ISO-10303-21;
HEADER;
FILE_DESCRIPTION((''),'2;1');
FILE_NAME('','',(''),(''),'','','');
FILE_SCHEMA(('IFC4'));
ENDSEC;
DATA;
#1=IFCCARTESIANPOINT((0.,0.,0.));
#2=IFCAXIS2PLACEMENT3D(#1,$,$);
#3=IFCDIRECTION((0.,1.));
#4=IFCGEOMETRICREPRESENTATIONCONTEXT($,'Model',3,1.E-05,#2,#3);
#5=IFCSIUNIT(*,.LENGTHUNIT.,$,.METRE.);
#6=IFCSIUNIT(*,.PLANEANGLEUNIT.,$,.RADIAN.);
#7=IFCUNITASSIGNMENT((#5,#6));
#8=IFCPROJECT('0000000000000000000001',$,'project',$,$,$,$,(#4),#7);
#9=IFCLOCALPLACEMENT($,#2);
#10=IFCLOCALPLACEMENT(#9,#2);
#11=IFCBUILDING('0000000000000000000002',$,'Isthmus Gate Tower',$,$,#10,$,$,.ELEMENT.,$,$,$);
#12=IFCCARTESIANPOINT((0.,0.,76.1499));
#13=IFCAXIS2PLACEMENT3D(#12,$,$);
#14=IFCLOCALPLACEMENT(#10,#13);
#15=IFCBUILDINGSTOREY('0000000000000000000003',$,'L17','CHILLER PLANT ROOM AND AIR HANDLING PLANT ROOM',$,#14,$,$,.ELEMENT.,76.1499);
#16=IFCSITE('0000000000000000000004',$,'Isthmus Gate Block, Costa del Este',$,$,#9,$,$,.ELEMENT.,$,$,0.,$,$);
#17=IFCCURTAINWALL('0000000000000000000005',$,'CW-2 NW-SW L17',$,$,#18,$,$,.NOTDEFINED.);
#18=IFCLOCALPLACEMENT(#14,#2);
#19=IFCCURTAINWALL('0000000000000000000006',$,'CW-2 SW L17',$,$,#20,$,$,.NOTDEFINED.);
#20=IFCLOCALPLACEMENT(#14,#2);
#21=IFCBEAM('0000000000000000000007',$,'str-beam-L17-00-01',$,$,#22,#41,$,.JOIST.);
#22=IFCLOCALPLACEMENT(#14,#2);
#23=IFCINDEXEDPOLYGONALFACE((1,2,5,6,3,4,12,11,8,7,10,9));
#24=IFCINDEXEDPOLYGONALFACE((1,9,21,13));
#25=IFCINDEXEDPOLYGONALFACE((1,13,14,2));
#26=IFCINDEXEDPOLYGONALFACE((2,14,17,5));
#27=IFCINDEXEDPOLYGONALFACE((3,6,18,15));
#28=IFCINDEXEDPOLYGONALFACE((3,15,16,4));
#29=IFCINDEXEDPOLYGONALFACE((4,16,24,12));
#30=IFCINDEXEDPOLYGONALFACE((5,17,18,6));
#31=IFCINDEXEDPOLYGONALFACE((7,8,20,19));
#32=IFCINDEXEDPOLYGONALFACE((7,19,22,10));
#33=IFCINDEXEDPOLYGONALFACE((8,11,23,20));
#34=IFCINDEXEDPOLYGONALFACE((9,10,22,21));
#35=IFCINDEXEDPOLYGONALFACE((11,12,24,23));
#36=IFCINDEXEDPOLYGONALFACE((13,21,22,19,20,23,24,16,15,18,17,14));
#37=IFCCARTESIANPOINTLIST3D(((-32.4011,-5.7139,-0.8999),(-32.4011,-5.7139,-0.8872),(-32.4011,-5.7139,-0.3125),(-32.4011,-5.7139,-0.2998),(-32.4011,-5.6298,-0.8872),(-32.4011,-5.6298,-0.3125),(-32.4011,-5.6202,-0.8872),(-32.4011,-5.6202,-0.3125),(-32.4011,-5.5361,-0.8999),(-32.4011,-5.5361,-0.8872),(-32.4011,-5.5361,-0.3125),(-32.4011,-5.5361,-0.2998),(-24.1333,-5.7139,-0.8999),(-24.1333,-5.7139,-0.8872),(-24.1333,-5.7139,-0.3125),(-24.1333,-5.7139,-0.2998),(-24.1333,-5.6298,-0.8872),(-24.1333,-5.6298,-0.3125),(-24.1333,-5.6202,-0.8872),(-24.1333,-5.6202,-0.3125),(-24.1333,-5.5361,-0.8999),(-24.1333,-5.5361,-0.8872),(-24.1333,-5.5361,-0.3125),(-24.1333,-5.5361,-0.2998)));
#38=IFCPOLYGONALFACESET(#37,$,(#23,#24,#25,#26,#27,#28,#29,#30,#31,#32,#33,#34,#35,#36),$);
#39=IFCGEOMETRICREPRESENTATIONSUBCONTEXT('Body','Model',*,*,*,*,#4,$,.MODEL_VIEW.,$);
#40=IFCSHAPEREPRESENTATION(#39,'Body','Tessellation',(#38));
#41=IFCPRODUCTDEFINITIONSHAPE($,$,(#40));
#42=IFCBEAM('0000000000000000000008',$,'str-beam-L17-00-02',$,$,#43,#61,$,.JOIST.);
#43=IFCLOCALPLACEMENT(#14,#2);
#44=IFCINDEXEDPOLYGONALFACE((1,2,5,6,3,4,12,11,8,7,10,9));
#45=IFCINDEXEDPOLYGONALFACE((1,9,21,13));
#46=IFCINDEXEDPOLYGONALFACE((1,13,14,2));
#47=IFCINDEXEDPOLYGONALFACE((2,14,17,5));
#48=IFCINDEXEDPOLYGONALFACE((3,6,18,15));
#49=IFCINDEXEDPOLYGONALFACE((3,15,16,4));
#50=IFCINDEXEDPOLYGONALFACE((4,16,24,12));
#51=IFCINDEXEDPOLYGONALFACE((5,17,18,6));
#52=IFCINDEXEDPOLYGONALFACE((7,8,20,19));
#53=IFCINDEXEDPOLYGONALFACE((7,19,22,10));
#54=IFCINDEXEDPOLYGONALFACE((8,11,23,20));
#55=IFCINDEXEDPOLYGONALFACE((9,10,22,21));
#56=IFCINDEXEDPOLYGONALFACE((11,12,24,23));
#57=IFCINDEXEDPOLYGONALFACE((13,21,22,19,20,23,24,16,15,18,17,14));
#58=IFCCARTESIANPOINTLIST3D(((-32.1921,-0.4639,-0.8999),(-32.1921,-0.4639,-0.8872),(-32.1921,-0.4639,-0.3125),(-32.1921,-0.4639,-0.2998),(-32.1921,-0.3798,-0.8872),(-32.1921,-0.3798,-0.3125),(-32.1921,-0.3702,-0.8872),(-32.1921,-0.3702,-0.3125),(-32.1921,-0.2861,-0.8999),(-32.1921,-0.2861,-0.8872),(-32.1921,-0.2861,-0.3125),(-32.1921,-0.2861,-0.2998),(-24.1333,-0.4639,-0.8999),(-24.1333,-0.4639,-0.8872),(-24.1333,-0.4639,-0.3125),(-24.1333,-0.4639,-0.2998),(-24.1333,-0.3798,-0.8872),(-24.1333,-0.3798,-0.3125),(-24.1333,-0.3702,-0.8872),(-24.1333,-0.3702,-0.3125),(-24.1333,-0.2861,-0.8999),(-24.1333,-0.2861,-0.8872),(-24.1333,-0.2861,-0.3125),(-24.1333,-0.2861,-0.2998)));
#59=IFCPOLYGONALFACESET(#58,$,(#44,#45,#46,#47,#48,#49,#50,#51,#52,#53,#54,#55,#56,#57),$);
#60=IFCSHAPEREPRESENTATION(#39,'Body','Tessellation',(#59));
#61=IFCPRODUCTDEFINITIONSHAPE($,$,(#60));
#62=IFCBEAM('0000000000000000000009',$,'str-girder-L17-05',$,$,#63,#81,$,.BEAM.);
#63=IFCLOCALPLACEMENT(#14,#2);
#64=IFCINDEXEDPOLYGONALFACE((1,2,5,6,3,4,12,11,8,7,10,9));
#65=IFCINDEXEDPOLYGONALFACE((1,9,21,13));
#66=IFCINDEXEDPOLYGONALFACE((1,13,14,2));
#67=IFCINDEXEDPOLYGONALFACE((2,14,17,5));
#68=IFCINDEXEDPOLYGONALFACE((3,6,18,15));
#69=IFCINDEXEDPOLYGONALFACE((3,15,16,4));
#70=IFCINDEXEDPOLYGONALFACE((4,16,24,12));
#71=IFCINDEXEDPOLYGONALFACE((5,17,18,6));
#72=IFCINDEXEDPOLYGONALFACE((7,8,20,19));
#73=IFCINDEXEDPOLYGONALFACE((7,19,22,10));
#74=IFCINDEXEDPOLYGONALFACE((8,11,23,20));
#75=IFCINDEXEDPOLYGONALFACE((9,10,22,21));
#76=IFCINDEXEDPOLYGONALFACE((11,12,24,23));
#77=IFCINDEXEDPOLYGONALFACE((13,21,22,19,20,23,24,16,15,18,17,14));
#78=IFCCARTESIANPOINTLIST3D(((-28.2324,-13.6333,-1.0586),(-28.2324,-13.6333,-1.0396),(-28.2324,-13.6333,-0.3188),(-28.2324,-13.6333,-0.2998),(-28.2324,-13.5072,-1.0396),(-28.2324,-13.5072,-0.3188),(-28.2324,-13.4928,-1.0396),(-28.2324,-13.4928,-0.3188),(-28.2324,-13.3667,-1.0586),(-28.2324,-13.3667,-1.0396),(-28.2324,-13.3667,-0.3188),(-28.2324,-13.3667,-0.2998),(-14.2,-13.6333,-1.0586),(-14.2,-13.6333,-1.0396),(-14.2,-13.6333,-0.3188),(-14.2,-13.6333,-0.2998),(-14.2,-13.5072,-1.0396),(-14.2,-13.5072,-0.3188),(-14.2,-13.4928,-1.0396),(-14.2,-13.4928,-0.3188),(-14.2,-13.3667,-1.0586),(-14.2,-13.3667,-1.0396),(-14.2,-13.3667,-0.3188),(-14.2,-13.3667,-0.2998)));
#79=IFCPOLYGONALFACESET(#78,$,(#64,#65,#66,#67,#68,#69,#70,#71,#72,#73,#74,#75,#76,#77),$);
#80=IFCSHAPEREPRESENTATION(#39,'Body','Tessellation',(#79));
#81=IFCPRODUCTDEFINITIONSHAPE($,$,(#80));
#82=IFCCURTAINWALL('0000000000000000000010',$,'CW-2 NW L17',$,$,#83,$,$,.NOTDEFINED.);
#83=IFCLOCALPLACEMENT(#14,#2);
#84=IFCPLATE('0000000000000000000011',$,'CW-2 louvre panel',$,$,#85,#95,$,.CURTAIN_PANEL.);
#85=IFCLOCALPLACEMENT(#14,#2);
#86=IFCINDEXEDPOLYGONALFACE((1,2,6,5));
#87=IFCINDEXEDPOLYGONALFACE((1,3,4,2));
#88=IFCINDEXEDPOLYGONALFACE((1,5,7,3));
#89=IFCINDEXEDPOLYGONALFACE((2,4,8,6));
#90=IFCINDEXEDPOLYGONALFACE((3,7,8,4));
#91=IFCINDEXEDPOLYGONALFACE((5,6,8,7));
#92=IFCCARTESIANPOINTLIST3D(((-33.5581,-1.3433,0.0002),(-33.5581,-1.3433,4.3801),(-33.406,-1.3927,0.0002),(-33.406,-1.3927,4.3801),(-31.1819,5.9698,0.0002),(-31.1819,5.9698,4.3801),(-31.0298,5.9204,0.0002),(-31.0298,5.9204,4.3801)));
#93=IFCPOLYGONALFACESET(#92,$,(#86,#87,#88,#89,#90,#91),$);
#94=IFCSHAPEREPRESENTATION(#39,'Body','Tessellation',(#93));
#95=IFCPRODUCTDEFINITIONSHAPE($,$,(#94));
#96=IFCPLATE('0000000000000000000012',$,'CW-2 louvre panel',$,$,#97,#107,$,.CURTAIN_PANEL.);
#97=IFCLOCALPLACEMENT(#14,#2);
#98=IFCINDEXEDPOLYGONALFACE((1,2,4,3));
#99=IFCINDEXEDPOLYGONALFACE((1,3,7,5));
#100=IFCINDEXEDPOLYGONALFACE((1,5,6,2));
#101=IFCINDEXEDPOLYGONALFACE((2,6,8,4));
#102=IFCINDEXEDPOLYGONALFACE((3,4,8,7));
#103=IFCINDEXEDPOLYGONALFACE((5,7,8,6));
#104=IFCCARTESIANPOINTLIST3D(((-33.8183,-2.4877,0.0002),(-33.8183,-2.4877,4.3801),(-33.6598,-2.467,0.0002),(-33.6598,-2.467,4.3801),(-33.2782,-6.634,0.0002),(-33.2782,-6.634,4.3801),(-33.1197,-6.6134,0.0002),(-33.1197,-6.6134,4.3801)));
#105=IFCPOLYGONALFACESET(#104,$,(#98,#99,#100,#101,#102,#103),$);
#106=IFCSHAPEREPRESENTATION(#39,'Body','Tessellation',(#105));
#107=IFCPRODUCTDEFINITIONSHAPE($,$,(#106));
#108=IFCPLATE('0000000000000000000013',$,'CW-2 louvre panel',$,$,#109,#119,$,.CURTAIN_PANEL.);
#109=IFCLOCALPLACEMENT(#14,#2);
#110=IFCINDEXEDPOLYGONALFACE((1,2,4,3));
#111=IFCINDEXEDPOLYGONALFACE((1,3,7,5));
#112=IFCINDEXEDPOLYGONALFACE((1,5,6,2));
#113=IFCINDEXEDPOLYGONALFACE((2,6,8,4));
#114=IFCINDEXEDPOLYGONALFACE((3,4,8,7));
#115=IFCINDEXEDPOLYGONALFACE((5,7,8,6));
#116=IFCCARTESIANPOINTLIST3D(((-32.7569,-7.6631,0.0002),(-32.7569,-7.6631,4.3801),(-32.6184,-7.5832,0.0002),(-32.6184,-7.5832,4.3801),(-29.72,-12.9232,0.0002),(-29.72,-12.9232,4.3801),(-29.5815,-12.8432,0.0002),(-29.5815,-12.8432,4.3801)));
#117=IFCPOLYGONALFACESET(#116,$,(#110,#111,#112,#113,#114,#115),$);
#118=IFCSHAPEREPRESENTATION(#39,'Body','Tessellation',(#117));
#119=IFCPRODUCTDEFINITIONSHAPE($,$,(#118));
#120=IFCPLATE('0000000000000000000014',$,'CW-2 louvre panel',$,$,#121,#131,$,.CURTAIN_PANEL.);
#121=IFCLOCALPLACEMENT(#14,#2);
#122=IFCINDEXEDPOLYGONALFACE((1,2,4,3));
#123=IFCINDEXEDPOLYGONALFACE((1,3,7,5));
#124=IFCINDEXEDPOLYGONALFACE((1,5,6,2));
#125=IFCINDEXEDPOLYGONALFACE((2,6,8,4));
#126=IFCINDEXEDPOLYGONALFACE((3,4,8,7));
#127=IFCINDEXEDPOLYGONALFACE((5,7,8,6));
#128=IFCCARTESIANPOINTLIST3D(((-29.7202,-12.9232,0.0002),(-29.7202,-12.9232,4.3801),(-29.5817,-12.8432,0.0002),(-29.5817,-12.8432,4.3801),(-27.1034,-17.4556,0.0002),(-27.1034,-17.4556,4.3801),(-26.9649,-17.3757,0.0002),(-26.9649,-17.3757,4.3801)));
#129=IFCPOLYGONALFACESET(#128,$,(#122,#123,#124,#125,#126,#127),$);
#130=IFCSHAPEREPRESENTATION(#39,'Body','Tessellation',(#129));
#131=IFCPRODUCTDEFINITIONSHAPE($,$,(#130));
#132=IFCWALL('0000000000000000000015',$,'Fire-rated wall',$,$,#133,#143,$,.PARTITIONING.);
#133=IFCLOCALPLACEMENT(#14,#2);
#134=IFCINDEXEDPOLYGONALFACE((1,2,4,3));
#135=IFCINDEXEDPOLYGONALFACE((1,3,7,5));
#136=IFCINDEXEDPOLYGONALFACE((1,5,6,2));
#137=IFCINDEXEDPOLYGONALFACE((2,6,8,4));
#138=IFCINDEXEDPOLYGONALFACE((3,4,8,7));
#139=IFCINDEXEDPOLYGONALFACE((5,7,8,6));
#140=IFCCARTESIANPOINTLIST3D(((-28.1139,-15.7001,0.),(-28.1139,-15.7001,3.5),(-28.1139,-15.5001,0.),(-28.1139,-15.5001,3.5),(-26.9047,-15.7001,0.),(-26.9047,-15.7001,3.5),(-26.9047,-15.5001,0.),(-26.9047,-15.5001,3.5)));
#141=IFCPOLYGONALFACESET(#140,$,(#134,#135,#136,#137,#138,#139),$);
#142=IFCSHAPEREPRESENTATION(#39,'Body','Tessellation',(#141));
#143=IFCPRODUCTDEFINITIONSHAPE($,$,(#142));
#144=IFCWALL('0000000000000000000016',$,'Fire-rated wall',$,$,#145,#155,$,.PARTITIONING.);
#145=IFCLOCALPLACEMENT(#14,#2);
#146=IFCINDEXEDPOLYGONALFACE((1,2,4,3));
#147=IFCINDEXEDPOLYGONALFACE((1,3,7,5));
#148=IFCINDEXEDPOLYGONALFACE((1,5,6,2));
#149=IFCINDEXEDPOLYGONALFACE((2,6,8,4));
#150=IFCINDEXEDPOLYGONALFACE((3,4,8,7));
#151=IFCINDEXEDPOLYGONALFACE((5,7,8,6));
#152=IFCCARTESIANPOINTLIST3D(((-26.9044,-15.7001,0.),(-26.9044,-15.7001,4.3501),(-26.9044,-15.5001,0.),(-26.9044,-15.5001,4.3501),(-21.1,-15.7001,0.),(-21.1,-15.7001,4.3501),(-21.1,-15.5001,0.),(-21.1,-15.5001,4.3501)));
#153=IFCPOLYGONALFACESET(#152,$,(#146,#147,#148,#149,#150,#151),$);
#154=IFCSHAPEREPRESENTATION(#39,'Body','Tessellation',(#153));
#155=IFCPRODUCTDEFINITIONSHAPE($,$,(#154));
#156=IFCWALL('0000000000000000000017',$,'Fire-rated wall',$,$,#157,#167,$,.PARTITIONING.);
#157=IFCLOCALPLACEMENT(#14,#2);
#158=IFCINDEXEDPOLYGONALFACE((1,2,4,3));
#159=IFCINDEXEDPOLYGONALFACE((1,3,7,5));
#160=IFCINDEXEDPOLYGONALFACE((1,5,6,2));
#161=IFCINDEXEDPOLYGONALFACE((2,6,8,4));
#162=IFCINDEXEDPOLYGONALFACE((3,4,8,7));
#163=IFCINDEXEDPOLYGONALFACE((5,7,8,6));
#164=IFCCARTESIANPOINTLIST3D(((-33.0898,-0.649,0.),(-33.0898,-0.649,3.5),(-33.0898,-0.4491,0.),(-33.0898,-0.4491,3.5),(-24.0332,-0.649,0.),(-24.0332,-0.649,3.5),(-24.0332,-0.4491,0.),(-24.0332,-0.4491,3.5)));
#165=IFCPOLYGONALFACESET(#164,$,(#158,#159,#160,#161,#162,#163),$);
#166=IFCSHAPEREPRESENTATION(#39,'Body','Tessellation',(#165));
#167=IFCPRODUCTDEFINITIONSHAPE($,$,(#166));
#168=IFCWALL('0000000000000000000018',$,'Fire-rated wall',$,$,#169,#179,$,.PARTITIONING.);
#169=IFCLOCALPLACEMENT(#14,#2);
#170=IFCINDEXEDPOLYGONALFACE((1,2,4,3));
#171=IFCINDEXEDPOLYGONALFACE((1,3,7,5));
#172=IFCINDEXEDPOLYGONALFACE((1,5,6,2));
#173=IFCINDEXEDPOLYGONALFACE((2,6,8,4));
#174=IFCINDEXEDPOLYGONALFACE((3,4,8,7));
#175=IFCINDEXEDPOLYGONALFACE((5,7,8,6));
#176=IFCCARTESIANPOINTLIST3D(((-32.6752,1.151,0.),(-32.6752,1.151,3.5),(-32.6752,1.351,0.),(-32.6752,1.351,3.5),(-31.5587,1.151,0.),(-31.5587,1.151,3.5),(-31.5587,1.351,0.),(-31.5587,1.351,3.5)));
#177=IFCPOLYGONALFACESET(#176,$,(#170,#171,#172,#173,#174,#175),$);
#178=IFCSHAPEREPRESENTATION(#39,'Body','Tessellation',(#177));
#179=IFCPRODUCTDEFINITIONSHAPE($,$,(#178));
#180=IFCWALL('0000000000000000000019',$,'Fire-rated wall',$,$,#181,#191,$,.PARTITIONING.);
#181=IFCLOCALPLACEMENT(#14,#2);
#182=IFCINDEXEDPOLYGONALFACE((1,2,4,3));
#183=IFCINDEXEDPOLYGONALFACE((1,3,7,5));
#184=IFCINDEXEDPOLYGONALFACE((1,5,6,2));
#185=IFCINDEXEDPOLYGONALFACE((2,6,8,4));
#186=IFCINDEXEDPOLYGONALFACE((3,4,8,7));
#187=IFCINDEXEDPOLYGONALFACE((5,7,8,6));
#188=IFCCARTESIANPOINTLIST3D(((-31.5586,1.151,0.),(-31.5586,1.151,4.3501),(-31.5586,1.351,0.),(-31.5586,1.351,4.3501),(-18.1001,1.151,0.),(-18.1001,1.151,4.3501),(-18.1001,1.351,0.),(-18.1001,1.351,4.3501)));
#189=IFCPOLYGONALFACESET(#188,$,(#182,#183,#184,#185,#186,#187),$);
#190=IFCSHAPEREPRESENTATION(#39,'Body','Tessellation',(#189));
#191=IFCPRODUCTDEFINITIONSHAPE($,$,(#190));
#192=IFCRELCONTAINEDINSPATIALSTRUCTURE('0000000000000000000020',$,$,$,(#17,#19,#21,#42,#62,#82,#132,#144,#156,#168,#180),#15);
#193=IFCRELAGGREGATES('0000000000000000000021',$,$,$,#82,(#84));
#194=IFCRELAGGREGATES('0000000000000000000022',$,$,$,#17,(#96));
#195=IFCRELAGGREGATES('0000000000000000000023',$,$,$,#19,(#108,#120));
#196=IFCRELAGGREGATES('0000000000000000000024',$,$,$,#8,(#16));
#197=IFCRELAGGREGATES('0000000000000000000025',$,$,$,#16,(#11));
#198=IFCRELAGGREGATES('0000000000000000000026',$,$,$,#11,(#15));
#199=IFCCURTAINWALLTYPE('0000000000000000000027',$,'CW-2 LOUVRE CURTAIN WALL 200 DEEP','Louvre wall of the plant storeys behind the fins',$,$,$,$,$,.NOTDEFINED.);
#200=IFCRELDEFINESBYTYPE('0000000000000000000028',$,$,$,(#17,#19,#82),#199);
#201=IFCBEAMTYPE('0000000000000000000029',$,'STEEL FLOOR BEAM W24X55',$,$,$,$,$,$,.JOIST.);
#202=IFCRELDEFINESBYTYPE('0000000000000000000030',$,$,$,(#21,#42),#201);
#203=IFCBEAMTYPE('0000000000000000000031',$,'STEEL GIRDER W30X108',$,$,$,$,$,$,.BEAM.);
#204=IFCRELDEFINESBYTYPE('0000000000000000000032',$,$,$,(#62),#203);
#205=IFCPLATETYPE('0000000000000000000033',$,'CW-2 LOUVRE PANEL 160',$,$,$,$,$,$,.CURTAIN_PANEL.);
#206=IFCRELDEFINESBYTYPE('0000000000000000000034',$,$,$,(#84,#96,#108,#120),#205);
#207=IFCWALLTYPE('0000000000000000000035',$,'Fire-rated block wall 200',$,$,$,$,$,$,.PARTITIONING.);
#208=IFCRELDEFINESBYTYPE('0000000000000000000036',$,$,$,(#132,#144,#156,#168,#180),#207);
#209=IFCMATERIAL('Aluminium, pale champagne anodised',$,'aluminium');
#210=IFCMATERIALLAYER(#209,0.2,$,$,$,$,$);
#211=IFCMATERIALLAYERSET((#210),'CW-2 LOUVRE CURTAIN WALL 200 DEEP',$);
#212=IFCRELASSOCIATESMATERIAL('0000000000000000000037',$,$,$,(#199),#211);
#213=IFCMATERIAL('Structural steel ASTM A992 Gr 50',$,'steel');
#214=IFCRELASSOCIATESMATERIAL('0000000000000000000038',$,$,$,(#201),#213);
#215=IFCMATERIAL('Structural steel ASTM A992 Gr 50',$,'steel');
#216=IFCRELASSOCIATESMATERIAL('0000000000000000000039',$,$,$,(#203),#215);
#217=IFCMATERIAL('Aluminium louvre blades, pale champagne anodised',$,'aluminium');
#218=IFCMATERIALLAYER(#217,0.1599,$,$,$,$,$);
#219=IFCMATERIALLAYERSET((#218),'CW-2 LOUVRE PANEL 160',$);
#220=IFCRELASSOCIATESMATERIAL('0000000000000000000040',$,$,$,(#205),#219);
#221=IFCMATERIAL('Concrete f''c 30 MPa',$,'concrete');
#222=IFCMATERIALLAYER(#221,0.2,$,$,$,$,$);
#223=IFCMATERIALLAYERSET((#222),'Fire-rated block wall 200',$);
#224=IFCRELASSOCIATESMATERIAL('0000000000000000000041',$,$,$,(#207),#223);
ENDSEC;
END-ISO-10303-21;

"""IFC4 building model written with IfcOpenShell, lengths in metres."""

from ifc_helpers import new_model, si_unit, direction, frame, frame_2d, origin, origin_2d, place, context, subcontext, project, spatial, rectangle, i_section, extrude, material, layer, layer_set, material_profile, profile_set, type_object, element, aggregate, save


model = new_model("IFC4")

# Units and contexts
model_context = context("Model", 3, precision=1e-05, world=origin(), true_north=direction((0.0, 1.0)))
body_context = subcontext(model_context, "Body", "Model", "MODEL_VIEW")
ifc_project = project(units=[si_unit("LENGTHUNIT", "METRE"), si_unit("PLANEANGLEUNIT", "RADIAN")], contexts=[model_context])

# Site, building, storey
site_placement = place(None, origin())
site = spatial("IfcSite", under=ifc_project, at=site_placement, Name="Isthmus Gate Block, Costa del Este", CompositionType="ELEMENT", RefElevation=0.0)
building_placement = place(site_placement, origin())
building = spatial("IfcBuilding", under=site, at=building_placement, Name="Isthmus Gate Tower", CompositionType="ELEMENT")
storey_placement = place(building_placement, frame((0.0, 0.0, 76.1499)))
storey = spatial("IfcBuildingStorey", under=building, at=storey_placement, Name="L17", Description="CHILLER PLANT ROOM AND AIR HANDLING PLANT ROOM", CompositionType="ELEMENT", Elevation=76.1499)

# Curtain wall
ifc_material_1 = material(Name="Aluminium, pale champagne anodised", Category="aluminium")
ifc_layer_1 = layer(ifc_material_1, 0.2)
ifc_layer_set_1 = layer_set([ifc_layer_1], Name="CW-2 LOUVRE CURTAIN WALL 200 DEEP")
curtain_wall_type = type_object("IfcCurtainWallType", Name="CW-2 LOUVRE CURTAIN WALL 200 DEEP", Description="Louvre wall of the plant storeys behind the fins", PredefinedType="NOTDEFINED", material=ifc_layer_set_1)
curtain_wall_1_placement = place(storey_placement, origin())
curtain_wall_1 = element("IfcCurtainWall", 1, at=curtain_wall_1_placement, inside=storey, type_object=curtain_wall_type, Name="CW-2 NW-SW L17", PredefinedType="NOTDEFINED")

# Curtain wall
curtain_wall_2_placement = place(storey_placement, origin())
curtain_wall_2 = element("IfcCurtainWall", 2, at=curtain_wall_2_placement, inside=storey, type_object=curtain_wall_type, Name="CW-2 SW L17", PredefinedType="NOTDEFINED")

# Beams
ifc_material_2 = material(Name="Structural steel ASTM A992 Gr 50", Category="steel")
ifc_material_profile_1 = material_profile(ifc_material_2, i_section(OverallWidth=0.1777, OverallDepth=0.6001, WebThickness=0.0095, FlangeThickness=0.0127, at=origin_2d()), Name="W24X55")
ifc_profile_set_1 = profile_set([ifc_material_profile_1], Name="Structural steel ASTM A992 Gr 50")
beam_type_1 = type_object("IfcBeamType", Name="STEEL FLOOR BEAM W24X55", PredefinedType="JOIST", material=ifc_profile_set_1)
beam_1_placement = place(storey_placement, frame((-32.4011, -5.625, -0.5999), z_axis=(1.0, 0.0, 0.0), x_axis=(0.0, 1.0, 0.0)))
element("IfcBeam", 3, at=beam_1_placement, inside=storey, type_object=beam_type_1, Name="str-beam-L17-00-01", PredefinedType="JOIST", context=body_context, shape_type="SweptSolid", body=[
    extrude(i_section(OverallWidth=0.1777, OverallDepth=0.6001, WebThickness=0.0095, FlangeThickness=0.0127, at=origin_2d()), origin(), (0.0, 0.0, 1.0), 8.2678),
])
beam_2_placement = place(storey_placement, frame((-32.1921, -0.375, -0.5999), z_axis=(1.0, 0.0, 0.0), x_axis=(0.0, 1.0, 0.0)))
element("IfcBeam", 4, at=beam_2_placement, inside=storey, type_object=beam_type_1, Name="str-beam-L17-00-02", PredefinedType="JOIST", context=body_context, shape_type="SweptSolid", body=[
    extrude(i_section(OverallWidth=0.1777, OverallDepth=0.6001, WebThickness=0.0095, FlangeThickness=0.0127, at=origin_2d()), origin(), (0.0, 0.0, 1.0), 8.0588),
])
ifc_material_3 = material(Name="Structural steel ASTM A992 Gr 50", Category="steel")
ifc_material_profile_2 = material_profile(ifc_material_3, i_section(OverallWidth=0.2666, OverallDepth=0.7588, WebThickness=0.0144, FlangeThickness=0.019, at=origin_2d()), Name="W30X108")
ifc_profile_set_2 = profile_set([ifc_material_profile_2], Name="Structural steel ASTM A992 Gr 50")
beam_type_2 = type_object("IfcBeamType", Name="STEEL GIRDER W30X108", PredefinedType="BEAM", material=ifc_profile_set_2)
beam_3_placement = place(storey_placement, frame((-28.2324, -13.5, -0.6792), z_axis=(1.0, 0.0, 0.0), x_axis=(0.0, 1.0, 0.0)))
element("IfcBeam", 5, at=beam_3_placement, inside=storey, type_object=beam_type_2, Name="str-girder-L17-05", PredefinedType="BEAM", context=body_context, shape_type="SweptSolid", body=[
    extrude(i_section(OverallWidth=0.2666, OverallDepth=0.7588, WebThickness=0.0144, FlangeThickness=0.019, at=origin_2d()), origin(), (0.0, 0.0, 1.0), 14.0325),
])

# Curtain wall, plate
curtain_wall_3_placement = place(storey_placement, origin())
curtain_wall_3 = element("IfcCurtainWall", 6, at=curtain_wall_3_placement, inside=storey, type_object=curtain_wall_type, Name="CW-2 NW L17", PredefinedType="NOTDEFINED")
ifc_material_4 = material(Name="Aluminium louvre blades, pale champagne anodised", Category="aluminium")
ifc_layer_2 = layer(ifc_material_4, 0.1599)
ifc_layer_set_2 = layer_set([ifc_layer_2], Name="CW-2 LOUVRE PANEL 160")
plate_type = type_object("IfcPlateType", Name="CW-2 LOUVRE PANEL 160", PredefinedType="CURTAIN_PANEL", material=ifc_layer_set_2)
plate_1_placement = place(storey_placement, frame((-32.2939, 2.2886, 0.0002), z_axis=(0.0, 0.0, 1.0), x_axis=(-0.309017, -0.951057, 0.0)))
plate_1 = element("IfcPlate", 7, at=plate_1_placement, type_object=plate_type, Name="CW-2 louvre panel", PredefinedType="CURTAIN_PANEL", context=body_context, shape_type="SweptSolid", body=[
    extrude(rectangle(XDim=7.6895, YDim=0.1599, at=origin_2d()), origin(), (0.0, 0.0, 1.0), 4.3799),
])
aggregate(curtain_wall_3, [plate_1])

# Plates
plate_2_placement = place(storey_placement, frame((-33.469, -4.5505, 0.0002), z_axis=(0.0, 0.0, 1.0), x_axis=(0.129165, -0.991623, 0.0)))
plate_2 = element("IfcPlate", 8, at=plate_2_placement, type_object=plate_type, Name="CW-2 louvre panel", PredefinedType="CURTAIN_PANEL", context=body_context, shape_type="SweptSolid", body=[
    extrude(rectangle(XDim=4.1814, YDim=0.1599, at=origin_2d()), origin(), (0.0, 0.0, 1.0), 4.3799),
])
aggregate(curtain_wall_1, [plate_2])
plate_3_placement = place(storey_placement, frame((-31.1692, -10.2532, 0.0002), z_axis=(0.0, 0.0, 1.0), x_axis=(0.5, -0.866025, 0.0)))
plate_3 = element("IfcPlate", 9, at=plate_3_placement, type_object=plate_type, Name="CW-2 louvre panel", PredefinedType="CURTAIN_PANEL", context=body_context, shape_type="SweptSolid", body=[
    extrude(rectangle(XDim=6.0737, YDim=0.1599, at=origin_2d()), origin(), (0.0, 0.0, 1.0), 4.3799),
])
plate_4_placement = place(storey_placement, frame((-28.3425, -15.1494, 0.0002), z_axis=(0.0, 0.0, 1.0), x_axis=(0.5, -0.866025, 0.0)))
plate_4 = element("IfcPlate", 10, at=plate_4_placement, type_object=plate_type, Name="CW-2 louvre panel", PredefinedType="CURTAIN_PANEL", context=body_context, shape_type="SweptSolid", body=[
    extrude(rectangle(XDim=5.2336, YDim=0.1599, at=origin_2d()), origin(), (0.0, 0.0, 1.0), 4.3799),
])
aggregate(curtain_wall_2, [plate_3, plate_4])

# Walls
ifc_material_5 = material(Name="Concrete f'c 30 MPa", Category="concrete")
ifc_layer_3 = layer(ifc_material_5, 0.2)
ifc_layer_set_3 = layer_set([ifc_layer_3], Name="Fire-rated block wall 200")
wall_type = type_object("IfcWallType", Name="Fire-rated block wall 200", PredefinedType="PARTITIONING", material=ifc_layer_set_3)
wall_1_placement = place(storey_placement, frame((-28.1138, -15.6001, 0.0), z_axis=(0.0, 0.0, 1.0), x_axis=(1.0, 0.0, 0.0)))
element("IfcWall", 11, at=wall_1_placement, inside=storey, type_object=wall_type, Name="Fire-rated wall", PredefinedType="PARTITIONING", context=body_context, shape_type="SweptSolid", body=[
    extrude(rectangle(XDim=1.2092, YDim=0.2, at=frame_2d((0.6045, 0.0))), origin(), (0.0, 0.0, 1.0), 3.5),
])
wall_2_placement = place(storey_placement, frame((-26.9045, -15.6001, 0.0), z_axis=(0.0, 0.0, 1.0), x_axis=(1.0, 0.0, 0.0)))
element("IfcWall", 12, at=wall_2_placement, inside=storey, type_object=wall_type, Name="Fire-rated wall", PredefinedType="PARTITIONING", context=body_context, shape_type="SweptSolid", body=[
    extrude(rectangle(XDim=5.8044, YDim=0.2, at=frame_2d((2.9023, 0.0))), origin(), (0.0, 0.0, 1.0), 4.3501),
])
wall_3_placement = place(storey_placement, frame((-33.0898, -0.5491, 0.0), z_axis=(0.0, 0.0, 1.0), x_axis=(1.0, 0.0, 0.0)))
element("IfcWall", 13, at=wall_3_placement, inside=storey, type_object=wall_type, Name="Fire-rated wall", PredefinedType="PARTITIONING", context=body_context, shape_type="SweptSolid", body=[
    extrude(rectangle(XDim=9.0566, YDim=0.2, at=frame_2d((4.5283, 0.0))), origin(), (0.0, 0.0, 1.0), 3.5),
])
wall_4_placement = place(storey_placement, frame((-32.675, 1.251, 0.0), z_axis=(0.0, 0.0, 1.0), x_axis=(1.0, 0.0, 0.0)))
element("IfcWall", 14, at=wall_4_placement, inside=storey, type_object=wall_type, Name="Fire-rated wall", PredefinedType="PARTITIONING", context=body_context, shape_type="SweptSolid", body=[
    extrude(rectangle(XDim=1.1165, YDim=0.2, at=frame_2d((0.5581, 0.0))), origin(), (0.0, 0.0, 1.0), 3.5),
])
wall_5_placement = place(storey_placement, frame((-31.5586, 1.251, 0.0), z_axis=(0.0, 0.0, 1.0), x_axis=(1.0, 0.0, 0.0)))
element("IfcWall", 15, at=wall_5_placement, inside=storey, type_object=wall_type, Name="Fire-rated wall", PredefinedType="PARTITIONING", context=body_context, shape_type="SweptSolid", body=[
    extrude(rectangle(XDim=13.4585, YDim=0.2, at=frame_2d((6.7292, 0.0))), origin(), (0.0, 0.0, 1.0), 4.3501),
])

save(model, "model.ifc")
